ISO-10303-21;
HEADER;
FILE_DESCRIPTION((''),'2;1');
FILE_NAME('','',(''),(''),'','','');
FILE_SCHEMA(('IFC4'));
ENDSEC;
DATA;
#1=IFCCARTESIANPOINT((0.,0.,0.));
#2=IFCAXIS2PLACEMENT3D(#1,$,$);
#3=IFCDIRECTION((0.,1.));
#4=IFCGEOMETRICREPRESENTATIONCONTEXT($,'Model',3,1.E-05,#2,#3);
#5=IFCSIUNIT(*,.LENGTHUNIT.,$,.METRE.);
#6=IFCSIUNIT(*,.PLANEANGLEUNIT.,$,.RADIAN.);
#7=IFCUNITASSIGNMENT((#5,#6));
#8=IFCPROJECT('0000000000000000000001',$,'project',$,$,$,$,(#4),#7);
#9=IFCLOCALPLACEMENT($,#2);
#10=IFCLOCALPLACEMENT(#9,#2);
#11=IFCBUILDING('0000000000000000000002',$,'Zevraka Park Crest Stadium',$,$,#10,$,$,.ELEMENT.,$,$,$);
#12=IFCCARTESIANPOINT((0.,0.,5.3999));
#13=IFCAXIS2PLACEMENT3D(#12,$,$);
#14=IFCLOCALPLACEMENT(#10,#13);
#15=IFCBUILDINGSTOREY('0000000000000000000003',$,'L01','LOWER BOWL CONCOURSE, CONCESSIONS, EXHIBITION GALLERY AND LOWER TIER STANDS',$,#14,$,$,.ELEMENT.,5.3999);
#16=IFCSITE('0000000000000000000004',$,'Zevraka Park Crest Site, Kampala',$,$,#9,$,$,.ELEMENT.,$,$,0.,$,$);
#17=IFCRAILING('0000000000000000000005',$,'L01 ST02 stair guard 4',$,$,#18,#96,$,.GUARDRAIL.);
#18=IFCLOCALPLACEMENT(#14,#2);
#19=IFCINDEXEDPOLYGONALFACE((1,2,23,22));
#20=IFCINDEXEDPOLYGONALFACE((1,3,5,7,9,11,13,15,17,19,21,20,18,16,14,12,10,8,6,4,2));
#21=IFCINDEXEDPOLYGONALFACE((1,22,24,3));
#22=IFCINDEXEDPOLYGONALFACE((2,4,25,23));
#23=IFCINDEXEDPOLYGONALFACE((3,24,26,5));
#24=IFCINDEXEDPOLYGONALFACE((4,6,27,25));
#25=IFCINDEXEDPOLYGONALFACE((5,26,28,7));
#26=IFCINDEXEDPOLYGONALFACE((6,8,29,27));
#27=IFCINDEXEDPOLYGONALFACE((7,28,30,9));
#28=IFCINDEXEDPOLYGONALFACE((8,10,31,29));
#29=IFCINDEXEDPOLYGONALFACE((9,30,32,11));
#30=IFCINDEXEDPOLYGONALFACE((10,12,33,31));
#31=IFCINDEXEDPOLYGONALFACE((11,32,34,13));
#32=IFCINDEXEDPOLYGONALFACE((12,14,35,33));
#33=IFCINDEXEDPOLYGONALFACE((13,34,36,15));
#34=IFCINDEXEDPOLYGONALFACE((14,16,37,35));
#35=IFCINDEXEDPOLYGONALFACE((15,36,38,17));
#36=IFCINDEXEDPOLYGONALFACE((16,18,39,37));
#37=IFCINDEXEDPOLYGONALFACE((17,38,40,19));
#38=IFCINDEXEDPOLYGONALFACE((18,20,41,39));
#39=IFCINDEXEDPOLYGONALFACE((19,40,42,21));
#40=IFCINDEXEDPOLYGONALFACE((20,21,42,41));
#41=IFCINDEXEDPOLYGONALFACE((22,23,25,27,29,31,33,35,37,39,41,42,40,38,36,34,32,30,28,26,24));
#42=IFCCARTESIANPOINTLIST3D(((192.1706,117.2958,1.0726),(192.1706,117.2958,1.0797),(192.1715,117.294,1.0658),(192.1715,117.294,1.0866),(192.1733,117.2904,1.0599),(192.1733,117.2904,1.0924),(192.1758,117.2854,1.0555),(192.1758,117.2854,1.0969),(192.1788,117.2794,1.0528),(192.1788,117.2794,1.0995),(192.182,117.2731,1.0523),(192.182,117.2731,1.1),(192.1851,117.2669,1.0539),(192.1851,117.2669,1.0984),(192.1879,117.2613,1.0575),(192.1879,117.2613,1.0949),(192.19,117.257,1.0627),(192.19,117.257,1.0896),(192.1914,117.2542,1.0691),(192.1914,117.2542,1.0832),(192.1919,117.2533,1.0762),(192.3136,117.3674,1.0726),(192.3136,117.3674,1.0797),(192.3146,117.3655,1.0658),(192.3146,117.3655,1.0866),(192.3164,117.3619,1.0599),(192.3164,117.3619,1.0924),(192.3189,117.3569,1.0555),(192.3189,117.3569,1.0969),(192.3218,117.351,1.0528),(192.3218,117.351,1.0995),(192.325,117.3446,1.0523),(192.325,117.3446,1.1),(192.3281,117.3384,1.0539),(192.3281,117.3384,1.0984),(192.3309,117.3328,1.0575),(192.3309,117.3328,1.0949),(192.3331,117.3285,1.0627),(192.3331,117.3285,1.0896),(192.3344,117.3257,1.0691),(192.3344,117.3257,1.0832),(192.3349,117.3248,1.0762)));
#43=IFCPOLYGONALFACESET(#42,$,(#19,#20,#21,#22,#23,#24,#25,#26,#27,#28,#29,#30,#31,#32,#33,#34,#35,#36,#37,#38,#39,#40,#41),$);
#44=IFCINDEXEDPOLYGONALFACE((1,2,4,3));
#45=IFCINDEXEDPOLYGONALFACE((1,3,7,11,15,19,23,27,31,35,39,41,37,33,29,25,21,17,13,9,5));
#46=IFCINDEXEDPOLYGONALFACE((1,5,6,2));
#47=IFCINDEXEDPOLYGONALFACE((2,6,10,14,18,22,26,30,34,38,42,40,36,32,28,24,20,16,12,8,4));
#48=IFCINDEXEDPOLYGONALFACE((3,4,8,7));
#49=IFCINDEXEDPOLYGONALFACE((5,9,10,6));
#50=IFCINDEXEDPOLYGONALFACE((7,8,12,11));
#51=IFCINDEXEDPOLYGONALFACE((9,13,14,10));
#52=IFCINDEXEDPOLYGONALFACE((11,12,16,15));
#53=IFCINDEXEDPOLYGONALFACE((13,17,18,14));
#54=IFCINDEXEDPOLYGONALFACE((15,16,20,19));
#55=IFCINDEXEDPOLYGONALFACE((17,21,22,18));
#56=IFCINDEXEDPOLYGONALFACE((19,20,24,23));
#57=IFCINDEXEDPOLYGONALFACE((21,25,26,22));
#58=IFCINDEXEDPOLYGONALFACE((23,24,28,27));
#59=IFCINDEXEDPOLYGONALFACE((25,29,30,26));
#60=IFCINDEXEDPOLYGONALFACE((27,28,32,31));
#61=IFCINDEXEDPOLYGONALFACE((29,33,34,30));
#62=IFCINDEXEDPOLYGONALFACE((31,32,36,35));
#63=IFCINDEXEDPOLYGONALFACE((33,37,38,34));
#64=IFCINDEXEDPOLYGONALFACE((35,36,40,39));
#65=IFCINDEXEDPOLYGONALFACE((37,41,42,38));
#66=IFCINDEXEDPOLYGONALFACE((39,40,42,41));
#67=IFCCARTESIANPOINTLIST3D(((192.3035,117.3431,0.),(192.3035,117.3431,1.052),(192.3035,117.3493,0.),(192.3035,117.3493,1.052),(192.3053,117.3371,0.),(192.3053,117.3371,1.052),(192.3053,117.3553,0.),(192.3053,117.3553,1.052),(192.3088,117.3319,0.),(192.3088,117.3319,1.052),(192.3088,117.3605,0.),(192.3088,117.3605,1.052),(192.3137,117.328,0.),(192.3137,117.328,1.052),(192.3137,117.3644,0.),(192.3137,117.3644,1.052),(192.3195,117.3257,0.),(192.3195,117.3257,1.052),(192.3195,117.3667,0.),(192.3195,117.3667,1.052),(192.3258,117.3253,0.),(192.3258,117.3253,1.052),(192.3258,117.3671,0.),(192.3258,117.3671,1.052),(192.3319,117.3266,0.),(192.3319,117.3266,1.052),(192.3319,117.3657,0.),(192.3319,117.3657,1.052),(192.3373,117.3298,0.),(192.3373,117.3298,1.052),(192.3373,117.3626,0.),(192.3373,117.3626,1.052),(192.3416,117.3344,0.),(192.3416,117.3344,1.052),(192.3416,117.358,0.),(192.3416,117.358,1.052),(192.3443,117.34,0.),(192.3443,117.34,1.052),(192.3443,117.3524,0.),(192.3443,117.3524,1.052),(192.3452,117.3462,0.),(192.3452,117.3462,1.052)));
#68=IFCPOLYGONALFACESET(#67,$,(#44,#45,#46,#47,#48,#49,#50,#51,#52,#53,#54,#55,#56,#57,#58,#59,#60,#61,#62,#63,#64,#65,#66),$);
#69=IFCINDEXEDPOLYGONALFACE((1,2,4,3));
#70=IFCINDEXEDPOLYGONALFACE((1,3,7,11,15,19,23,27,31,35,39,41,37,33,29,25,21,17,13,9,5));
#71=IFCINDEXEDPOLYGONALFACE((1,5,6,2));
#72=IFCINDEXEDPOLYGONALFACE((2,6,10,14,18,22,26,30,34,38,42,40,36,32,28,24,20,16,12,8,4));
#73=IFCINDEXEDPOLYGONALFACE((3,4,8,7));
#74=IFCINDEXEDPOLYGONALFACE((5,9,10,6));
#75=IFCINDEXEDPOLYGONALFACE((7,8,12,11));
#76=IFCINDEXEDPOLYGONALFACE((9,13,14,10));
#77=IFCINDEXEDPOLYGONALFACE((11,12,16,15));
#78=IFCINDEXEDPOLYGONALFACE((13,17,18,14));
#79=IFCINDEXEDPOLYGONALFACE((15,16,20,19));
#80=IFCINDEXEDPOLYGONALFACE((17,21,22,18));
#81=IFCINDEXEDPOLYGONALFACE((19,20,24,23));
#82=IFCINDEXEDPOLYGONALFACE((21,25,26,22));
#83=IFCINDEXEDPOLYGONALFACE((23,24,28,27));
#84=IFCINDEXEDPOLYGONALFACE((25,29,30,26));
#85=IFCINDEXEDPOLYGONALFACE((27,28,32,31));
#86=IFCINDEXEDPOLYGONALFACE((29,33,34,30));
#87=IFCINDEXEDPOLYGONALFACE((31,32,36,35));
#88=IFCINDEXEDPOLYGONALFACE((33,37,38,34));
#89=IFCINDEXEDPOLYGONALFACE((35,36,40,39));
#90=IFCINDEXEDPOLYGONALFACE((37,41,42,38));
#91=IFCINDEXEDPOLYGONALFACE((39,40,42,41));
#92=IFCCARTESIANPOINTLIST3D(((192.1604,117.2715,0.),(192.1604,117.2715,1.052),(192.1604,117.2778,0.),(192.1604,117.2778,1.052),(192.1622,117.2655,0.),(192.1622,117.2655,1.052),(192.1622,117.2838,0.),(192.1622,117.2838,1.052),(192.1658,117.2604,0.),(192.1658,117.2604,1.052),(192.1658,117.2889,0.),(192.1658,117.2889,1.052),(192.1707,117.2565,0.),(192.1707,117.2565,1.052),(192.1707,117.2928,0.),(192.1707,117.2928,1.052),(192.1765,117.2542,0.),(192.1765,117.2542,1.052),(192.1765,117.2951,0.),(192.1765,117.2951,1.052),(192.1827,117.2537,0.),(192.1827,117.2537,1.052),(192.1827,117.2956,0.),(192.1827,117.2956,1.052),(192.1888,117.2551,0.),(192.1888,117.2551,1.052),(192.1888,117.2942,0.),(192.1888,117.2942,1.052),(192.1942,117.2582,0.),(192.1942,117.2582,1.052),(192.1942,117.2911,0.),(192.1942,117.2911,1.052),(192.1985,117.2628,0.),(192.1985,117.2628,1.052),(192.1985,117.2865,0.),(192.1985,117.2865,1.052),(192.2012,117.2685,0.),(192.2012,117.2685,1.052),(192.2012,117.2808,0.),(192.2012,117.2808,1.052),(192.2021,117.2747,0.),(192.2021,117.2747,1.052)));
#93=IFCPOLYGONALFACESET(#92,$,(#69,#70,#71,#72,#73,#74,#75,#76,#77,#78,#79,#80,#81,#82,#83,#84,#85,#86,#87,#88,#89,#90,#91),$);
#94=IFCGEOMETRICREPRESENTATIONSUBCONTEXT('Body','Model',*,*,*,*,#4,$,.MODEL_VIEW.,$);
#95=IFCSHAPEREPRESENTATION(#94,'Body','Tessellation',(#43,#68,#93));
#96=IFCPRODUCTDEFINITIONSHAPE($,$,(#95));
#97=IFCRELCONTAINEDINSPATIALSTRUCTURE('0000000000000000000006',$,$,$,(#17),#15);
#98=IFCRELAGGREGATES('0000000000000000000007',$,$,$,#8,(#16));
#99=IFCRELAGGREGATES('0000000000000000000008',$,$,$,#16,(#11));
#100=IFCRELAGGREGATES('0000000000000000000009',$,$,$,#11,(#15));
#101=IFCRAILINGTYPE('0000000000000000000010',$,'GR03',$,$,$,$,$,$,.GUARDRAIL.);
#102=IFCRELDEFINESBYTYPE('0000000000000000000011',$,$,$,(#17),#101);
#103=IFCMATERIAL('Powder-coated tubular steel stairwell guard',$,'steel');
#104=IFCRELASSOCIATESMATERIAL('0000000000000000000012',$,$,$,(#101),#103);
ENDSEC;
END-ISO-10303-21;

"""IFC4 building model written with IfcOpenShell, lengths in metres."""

from ifc_helpers import new_model, si_unit, direction, frame, origin, origin_2d, place, context, subcontext, project, spatial, circle, extrude, material, type_object, element, save


model = new_model("IFC4")

# Units and contexts
model_context = context("Model", 3, precision=1e-05, world=origin(), true_north=direction((0.0, 1.0)))
body_context = subcontext(model_context, "Body", "Model", "MODEL_VIEW")
ifc_project = project(units=[si_unit("LENGTHUNIT", "METRE"), si_unit("PLANEANGLEUNIT", "RADIAN")], contexts=[model_context])

# Site, building, storey
site_placement = place(None, origin())
site = spatial("IfcSite", under=ifc_project, at=site_placement, Name="Zevraka Park Crest Site, Kampala", CompositionType="ELEMENT", RefElevation=0.0)
building_placement = place(site_placement, origin())
building = spatial("IfcBuilding", under=site, at=building_placement, Name="Zevraka Park Crest Stadium", CompositionType="ELEMENT")
storey_placement = place(building_placement, frame((0.0, 0.0, 5.3999)))
storey = spatial("IfcBuildingStorey", under=building, at=storey_placement, Name="L01", Description="LOWER BOWL CONCOURSE, CONCESSIONS, EXHIBITION GALLERY AND LOWER TIER STANDS", CompositionType="ELEMENT", Elevation=5.3999)

# Railing
ifc_material_1 = material(Name="Powder-coated tubular steel stairwell guard", Category="steel")
railing_type_1 = type_object("IfcRailingType", Name="GR03", PredefinedType="GUARDRAIL", material=ifc_material_1)
railing_1_placement = place(storey_placement, frame((192.3242, 117.3462, 0.0)))
element("IfcRailing", 1, at=railing_1_placement, inside=storey, type_object=railing_type_1, Name="L01 ST02 stair guard 4", PredefinedType="GUARDRAIL", context=body_context, shape_type="SweptSolid", body=[
    extrude(circle(Radius=0.0239, at=origin_2d()), frame((0.0, 0.0, 1.0762), z_axis=(-0.894427, -0.447214, 0.0), x_axis=(0.447214, -0.894427, 0.0)), (0.0, 0.0, 1.0), 0.1599),
    extrude(circle(Radius=0.021, at=origin_2d()), origin(), (0.0, 0.0, 1.0), 1.052),
    extrude(circle(Radius=0.021, at=origin_2d()), frame((-0.1431, -0.0715, 0.0)), (0.0, 0.0, 1.0), 1.052),
])

save(model, "model.ifc")
